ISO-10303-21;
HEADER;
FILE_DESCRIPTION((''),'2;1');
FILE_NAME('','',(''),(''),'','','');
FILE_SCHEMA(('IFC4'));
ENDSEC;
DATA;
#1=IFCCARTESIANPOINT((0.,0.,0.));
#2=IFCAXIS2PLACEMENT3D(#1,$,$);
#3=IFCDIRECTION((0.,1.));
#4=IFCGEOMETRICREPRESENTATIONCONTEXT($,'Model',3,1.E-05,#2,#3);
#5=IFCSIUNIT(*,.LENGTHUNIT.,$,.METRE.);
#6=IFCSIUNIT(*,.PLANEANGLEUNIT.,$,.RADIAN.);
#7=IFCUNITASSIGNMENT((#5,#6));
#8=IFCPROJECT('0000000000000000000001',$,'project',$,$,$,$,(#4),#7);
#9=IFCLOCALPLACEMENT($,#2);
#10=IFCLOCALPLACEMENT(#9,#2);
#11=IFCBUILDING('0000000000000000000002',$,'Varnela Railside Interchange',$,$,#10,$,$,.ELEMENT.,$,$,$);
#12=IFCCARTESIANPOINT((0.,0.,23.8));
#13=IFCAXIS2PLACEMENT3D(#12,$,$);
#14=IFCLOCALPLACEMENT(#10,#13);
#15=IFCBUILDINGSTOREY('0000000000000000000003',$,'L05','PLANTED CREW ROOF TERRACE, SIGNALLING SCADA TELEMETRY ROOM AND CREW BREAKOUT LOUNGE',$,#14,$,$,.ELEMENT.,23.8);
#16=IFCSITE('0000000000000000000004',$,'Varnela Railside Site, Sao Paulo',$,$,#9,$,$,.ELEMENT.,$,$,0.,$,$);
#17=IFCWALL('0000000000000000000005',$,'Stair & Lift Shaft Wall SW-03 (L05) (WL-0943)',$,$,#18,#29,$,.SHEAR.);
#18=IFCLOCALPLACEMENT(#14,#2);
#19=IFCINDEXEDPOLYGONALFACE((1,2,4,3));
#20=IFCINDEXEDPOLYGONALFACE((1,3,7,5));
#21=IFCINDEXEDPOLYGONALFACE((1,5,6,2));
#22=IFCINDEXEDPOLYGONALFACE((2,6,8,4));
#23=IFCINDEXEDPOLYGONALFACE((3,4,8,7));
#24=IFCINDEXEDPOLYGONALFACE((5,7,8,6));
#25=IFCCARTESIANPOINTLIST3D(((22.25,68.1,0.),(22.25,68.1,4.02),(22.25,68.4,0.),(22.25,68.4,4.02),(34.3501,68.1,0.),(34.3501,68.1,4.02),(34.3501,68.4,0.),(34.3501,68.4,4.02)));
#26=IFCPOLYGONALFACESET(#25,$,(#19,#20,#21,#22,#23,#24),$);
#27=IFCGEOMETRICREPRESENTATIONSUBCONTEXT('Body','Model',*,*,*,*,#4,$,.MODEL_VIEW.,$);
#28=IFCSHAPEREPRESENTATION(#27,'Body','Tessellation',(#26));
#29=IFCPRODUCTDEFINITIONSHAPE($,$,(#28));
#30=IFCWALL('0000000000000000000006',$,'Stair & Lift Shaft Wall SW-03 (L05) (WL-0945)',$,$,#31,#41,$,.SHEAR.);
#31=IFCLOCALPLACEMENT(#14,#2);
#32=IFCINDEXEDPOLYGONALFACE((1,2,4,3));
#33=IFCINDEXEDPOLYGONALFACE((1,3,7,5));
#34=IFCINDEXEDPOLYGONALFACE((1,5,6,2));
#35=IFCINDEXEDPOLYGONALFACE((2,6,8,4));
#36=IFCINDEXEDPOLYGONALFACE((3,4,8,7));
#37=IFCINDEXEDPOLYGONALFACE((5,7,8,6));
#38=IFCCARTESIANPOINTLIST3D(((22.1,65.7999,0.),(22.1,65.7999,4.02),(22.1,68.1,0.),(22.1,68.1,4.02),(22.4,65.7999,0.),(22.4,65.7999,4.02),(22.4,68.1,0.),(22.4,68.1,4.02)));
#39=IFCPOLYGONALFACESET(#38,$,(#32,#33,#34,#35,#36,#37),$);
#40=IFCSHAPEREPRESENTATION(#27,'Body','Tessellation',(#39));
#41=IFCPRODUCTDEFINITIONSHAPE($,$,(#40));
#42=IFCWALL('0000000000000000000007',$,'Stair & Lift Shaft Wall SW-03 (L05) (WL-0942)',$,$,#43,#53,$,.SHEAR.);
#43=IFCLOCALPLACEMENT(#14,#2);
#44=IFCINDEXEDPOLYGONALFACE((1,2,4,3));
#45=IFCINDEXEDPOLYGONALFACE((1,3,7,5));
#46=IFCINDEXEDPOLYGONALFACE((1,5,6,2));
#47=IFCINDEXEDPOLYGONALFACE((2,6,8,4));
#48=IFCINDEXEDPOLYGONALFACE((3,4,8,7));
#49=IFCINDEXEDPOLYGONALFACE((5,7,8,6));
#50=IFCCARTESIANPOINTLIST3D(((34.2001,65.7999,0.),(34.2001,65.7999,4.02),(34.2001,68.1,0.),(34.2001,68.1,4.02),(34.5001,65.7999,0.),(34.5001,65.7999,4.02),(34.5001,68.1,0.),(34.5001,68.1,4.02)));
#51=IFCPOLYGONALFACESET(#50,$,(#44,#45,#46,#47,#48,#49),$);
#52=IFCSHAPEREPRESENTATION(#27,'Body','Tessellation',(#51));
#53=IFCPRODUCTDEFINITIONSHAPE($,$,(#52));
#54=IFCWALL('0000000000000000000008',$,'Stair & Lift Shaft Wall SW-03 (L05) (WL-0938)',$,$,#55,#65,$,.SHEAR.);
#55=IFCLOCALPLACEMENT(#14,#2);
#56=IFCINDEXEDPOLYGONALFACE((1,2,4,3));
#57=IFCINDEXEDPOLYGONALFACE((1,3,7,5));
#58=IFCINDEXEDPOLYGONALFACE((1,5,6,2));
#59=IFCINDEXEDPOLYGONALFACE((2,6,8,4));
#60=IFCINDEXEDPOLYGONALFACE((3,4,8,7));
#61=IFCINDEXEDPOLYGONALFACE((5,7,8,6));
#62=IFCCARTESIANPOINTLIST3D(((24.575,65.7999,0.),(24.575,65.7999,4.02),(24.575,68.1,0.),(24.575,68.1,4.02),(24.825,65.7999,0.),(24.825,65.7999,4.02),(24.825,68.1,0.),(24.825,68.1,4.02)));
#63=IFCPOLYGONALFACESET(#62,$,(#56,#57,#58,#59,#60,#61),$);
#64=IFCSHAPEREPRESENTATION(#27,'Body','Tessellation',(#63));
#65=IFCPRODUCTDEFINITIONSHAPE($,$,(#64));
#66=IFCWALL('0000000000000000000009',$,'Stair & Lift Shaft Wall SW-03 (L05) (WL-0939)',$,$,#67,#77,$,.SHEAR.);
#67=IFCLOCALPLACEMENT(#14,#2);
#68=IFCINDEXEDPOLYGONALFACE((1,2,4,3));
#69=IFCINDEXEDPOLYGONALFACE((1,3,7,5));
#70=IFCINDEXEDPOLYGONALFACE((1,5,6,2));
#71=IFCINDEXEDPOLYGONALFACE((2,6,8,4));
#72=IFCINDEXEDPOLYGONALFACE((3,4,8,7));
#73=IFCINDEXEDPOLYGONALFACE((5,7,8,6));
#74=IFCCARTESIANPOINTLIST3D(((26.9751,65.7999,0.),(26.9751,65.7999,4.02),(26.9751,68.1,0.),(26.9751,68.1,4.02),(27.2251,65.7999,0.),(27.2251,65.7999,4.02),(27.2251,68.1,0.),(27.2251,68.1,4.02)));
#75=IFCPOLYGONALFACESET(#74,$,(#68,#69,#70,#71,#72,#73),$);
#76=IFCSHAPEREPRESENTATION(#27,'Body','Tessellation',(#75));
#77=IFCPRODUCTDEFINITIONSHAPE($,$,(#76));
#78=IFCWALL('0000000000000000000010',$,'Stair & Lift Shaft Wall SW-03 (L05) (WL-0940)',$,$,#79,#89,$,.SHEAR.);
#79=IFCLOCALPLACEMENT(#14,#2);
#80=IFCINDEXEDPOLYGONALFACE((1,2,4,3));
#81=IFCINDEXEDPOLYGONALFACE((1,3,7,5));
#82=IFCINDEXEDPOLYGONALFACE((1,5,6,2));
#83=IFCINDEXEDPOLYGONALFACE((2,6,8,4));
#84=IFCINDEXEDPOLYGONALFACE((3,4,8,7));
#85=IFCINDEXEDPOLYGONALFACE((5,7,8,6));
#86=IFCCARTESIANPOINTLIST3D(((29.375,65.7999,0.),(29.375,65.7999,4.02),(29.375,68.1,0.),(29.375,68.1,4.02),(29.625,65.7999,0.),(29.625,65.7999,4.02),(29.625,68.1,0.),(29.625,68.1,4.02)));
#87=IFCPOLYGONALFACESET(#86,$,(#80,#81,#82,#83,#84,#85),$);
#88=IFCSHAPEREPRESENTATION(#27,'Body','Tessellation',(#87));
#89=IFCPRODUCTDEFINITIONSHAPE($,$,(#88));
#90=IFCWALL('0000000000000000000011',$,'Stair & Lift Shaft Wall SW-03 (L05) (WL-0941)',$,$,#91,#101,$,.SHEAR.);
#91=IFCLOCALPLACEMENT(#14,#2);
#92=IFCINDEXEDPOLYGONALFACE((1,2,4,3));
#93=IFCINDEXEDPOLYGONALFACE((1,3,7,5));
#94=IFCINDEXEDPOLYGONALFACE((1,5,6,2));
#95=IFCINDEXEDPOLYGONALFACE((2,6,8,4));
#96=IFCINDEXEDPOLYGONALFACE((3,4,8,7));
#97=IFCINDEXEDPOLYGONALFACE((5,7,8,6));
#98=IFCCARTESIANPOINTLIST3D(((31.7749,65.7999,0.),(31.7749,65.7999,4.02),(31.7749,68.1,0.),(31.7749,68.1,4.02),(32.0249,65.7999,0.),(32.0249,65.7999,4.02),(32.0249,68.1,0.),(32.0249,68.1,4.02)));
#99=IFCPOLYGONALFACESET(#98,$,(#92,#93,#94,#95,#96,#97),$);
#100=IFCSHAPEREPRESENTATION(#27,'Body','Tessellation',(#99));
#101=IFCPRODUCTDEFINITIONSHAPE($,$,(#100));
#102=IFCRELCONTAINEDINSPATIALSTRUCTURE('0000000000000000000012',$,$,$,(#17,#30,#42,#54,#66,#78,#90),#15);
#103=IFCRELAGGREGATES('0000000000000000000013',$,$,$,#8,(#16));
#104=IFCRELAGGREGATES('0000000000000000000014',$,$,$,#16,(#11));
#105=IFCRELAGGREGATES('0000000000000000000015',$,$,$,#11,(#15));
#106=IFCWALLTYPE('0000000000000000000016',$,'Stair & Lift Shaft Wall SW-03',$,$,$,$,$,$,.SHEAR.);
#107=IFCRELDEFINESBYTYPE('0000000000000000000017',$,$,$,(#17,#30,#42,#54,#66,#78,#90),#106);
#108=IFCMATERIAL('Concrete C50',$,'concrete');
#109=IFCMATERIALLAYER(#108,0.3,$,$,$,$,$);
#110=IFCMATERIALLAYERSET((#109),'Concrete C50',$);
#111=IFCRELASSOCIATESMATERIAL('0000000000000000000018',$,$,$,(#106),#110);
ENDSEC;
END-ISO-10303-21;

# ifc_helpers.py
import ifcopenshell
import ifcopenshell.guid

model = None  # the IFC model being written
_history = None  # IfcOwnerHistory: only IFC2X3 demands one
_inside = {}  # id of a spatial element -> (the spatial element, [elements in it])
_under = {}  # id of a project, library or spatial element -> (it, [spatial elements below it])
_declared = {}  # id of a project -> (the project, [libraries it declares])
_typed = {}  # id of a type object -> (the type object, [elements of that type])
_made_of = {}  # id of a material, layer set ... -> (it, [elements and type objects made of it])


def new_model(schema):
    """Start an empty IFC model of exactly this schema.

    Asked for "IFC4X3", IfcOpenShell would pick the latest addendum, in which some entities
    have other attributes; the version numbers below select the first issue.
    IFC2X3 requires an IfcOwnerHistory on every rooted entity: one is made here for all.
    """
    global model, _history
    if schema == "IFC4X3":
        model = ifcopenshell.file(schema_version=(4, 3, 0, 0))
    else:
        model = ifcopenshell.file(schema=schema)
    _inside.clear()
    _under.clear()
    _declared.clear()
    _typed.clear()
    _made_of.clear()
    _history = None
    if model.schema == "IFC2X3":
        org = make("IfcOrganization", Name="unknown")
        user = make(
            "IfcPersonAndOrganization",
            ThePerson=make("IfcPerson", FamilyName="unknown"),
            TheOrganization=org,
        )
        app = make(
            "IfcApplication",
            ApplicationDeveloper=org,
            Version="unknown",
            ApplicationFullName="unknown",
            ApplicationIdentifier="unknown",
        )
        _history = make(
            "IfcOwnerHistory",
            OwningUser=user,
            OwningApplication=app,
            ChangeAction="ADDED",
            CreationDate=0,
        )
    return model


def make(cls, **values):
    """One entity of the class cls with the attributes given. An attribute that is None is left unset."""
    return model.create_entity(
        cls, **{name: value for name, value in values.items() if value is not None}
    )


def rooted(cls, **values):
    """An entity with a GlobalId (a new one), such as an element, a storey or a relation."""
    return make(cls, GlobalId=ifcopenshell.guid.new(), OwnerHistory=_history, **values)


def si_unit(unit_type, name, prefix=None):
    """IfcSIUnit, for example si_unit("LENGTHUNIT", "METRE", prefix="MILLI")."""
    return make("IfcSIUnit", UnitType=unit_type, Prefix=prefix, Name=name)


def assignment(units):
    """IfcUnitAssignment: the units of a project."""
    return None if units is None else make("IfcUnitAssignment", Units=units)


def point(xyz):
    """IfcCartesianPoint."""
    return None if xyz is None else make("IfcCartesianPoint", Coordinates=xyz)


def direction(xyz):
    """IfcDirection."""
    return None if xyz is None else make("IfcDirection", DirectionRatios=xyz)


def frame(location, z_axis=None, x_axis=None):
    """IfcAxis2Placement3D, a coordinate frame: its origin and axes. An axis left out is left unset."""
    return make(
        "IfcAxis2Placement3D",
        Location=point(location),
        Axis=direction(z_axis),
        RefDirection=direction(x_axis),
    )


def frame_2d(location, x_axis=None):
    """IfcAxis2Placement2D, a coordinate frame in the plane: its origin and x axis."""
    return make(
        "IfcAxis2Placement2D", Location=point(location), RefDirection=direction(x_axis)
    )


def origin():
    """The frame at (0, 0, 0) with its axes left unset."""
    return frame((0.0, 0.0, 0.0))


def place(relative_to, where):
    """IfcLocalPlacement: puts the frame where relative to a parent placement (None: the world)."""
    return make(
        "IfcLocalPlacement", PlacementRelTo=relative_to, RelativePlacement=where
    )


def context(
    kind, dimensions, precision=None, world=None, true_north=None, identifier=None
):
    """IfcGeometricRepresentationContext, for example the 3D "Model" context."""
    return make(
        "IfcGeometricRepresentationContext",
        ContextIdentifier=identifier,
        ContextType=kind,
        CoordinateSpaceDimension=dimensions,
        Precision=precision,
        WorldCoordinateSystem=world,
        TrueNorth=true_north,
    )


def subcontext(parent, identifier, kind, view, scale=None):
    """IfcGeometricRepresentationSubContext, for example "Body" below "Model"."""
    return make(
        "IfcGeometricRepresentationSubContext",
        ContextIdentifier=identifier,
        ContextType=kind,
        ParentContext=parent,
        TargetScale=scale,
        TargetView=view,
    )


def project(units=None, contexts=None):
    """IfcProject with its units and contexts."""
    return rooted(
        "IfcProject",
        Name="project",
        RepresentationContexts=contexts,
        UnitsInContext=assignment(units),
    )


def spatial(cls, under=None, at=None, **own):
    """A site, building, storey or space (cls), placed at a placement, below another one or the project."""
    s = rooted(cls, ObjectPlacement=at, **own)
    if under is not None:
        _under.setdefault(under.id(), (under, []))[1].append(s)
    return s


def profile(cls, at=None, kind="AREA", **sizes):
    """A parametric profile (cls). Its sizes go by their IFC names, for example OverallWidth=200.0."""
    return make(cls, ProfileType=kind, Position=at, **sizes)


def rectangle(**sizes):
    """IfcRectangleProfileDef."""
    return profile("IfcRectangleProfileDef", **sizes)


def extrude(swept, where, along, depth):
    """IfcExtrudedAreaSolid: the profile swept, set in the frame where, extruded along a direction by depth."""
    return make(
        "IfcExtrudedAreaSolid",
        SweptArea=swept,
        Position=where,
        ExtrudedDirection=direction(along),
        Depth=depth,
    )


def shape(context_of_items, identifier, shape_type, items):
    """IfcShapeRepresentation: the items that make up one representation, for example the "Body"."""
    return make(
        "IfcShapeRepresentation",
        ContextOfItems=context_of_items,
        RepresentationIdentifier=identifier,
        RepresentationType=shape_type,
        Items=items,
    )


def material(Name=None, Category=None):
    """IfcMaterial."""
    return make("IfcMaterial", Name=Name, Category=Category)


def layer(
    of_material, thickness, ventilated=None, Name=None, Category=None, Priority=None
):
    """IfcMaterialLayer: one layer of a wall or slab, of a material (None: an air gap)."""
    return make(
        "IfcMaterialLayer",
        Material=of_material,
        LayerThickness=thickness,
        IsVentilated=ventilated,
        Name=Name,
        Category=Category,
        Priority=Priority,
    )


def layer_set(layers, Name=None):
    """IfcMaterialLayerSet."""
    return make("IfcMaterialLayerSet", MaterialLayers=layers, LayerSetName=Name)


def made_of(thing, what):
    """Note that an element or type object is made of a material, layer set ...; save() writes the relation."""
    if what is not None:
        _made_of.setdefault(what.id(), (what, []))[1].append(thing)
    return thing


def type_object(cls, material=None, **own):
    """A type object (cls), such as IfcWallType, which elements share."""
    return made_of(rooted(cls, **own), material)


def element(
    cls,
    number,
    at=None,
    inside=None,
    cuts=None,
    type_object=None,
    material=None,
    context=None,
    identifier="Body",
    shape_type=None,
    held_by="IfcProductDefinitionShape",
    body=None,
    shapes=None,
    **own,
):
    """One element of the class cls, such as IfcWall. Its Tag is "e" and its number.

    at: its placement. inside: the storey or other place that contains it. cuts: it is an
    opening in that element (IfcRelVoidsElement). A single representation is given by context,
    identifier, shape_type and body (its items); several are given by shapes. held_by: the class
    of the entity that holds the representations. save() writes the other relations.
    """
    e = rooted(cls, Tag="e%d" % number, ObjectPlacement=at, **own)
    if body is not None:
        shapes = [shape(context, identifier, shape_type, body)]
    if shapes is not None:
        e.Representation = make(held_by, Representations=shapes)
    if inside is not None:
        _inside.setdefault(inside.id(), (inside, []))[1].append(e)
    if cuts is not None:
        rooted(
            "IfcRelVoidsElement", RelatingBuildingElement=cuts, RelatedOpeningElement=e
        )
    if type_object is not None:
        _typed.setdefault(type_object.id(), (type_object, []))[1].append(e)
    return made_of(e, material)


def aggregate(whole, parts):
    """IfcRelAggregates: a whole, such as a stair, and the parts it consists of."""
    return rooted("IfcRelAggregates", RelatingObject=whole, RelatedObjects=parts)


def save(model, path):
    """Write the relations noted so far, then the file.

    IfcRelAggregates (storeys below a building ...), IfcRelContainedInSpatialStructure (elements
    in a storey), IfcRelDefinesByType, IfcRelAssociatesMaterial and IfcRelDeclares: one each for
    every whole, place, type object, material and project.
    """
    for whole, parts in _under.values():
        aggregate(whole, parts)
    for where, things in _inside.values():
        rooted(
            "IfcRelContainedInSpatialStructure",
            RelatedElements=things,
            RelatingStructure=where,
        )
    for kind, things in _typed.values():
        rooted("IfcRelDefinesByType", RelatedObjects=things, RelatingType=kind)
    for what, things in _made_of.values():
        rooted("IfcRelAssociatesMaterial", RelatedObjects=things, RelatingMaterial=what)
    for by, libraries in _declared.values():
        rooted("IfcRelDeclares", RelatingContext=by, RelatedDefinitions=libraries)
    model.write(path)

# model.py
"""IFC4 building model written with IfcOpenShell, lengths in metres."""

from ifc_helpers import new_model, si_unit, direction, frame, frame_2d, origin, place, context, subcontext, project, spatial, rectangle, extrude, material, layer, layer_set, type_object, element, save


model = new_model("IFC4")

# Units and contexts
model_context = context("Model", 3, precision=1e-05, world=origin(), true_north=direction((0.0, 1.0)))
body_context = subcontext(model_context, "Body", "Model", "MODEL_VIEW")
ifc_project = project(units=[si_unit("LENGTHUNIT", "METRE"), si_unit("PLANEANGLEUNIT", "RADIAN")], contexts=[model_context])

# Site, building, storey
site_placement = place(None, origin())
site = spatial("IfcSite", under=ifc_project, at=site_placement, Name="Varnela Railside Site, Sao Paulo", CompositionType="ELEMENT", RefElevation=0.0)
building_placement = place(site_placement, origin())
building = spatial("IfcBuilding", under=site, at=building_placement, Name="Varnela Railside Interchange", CompositionType="ELEMENT")
storey_placement = place(building_placement, frame((0.0, 0.0, 23.8)))
storey = spatial("IfcBuildingStorey", under=building, at=storey_placement, Name="L05", Description="PLANTED CREW ROOF TERRACE, SIGNALLING SCADA TELEMETRY ROOM AND CREW BREAKOUT LOUNGE", CompositionType="ELEMENT", Elevation=23.8)

# Walls
ifc_material_1 = material(Name="Concrete C50", Category="concrete")
ifc_layer_1 = layer(ifc_material_1, 0.3)
ifc_layer_set_1 = layer_set([ifc_layer_1], Name="Concrete C50")
wall_type_1 = type_object("IfcWallType", Name="Stair & Lift Shaft Wall SW-03", PredefinedType="SHEAR", material=ifc_layer_set_1)
wall_1_placement = place(storey_placement, frame((22.25, 68.25, 0.0), z_axis=(0.0, 0.0, 1.0), x_axis=(1.0, 0.0, 0.0)))
element("IfcWall", 1, at=wall_1_placement, inside=storey, type_object=wall_type_1, Name="Stair & Lift Shaft Wall SW-03 (L05) (WL-0943)", PredefinedType="SHEAR", context=body_context, shape_type="SweptSolid", body=[
    extrude(rectangle(XDim=12.1001, YDim=0.3, at=frame_2d((6.05, 0.0))), origin(), (0.0, 0.0, 1.0), 4.02),
])
for number, where, z_axis, x_axis, name in (
    (2, (22.25, 65.8, 0.0), (0.0, 0.0, 1.0), (0.0, 1.0, 0.0), "Stair & Lift Shaft Wall SW-03 (L05) (WL-0945)"),
    (3, (34.3501, 65.8, 0.0), (0.0, 0.0, 1.0), (0.0, 1.0, 0.0), "Stair & Lift Shaft Wall SW-03 (L05) (WL-0942)"),
):
    element("IfcWall", number, at=place(storey_placement, frame(where, z_axis=z_axis, x_axis=x_axis)), inside=storey, type_object=wall_type_1, Name=name, PredefinedType="SHEAR", context=body_context, shape_type="SweptSolid", body=[
        extrude(rectangle(XDim=2.3, YDim=0.3, at=frame_2d((1.1499, 0.0))), origin(), (0.0, 0.0, 1.0), 4.02),
    ])
for number, where, z_axis, x_axis, name in (
    (4, (24.7, 65.8, 0.0), (0.0, 0.0, 1.0), (0.0, 1.0, 0.0), "Stair & Lift Shaft Wall SW-03 (L05) (WL-0938)"),
    (5, (27.1001, 65.8, 0.0), (0.0, 0.0, 1.0), (0.0, 1.0, 0.0), "Stair & Lift Shaft Wall SW-03 (L05) (WL-0939)"),
    (6, (29.5, 65.8, 0.0), (0.0, 0.0, 1.0), (0.0, 1.0, 0.0), "Stair & Lift Shaft Wall SW-03 (L05) (WL-0940)"),
    (7, (31.8999, 65.8, 0.0), (0.0, 0.0, 1.0), (0.0, 1.0, 0.0), "Stair & Lift Shaft Wall SW-03 (L05) (WL-0941)"),
):
    element("IfcWall", number, at=place(storey_placement, frame(where, z_axis=z_axis, x_axis=x_axis)), inside=storey, type_object=wall_type_1, Name=name, PredefinedType="SHEAR", context=body_context, shape_type="SweptSolid", body=[
        extrude(rectangle(XDim=2.3, YDim=0.25, at=frame_2d((1.1499, 0.0))), origin(), (0.0, 0.0, 1.0), 4.02),
    ])

save(model, "model.ifc")
